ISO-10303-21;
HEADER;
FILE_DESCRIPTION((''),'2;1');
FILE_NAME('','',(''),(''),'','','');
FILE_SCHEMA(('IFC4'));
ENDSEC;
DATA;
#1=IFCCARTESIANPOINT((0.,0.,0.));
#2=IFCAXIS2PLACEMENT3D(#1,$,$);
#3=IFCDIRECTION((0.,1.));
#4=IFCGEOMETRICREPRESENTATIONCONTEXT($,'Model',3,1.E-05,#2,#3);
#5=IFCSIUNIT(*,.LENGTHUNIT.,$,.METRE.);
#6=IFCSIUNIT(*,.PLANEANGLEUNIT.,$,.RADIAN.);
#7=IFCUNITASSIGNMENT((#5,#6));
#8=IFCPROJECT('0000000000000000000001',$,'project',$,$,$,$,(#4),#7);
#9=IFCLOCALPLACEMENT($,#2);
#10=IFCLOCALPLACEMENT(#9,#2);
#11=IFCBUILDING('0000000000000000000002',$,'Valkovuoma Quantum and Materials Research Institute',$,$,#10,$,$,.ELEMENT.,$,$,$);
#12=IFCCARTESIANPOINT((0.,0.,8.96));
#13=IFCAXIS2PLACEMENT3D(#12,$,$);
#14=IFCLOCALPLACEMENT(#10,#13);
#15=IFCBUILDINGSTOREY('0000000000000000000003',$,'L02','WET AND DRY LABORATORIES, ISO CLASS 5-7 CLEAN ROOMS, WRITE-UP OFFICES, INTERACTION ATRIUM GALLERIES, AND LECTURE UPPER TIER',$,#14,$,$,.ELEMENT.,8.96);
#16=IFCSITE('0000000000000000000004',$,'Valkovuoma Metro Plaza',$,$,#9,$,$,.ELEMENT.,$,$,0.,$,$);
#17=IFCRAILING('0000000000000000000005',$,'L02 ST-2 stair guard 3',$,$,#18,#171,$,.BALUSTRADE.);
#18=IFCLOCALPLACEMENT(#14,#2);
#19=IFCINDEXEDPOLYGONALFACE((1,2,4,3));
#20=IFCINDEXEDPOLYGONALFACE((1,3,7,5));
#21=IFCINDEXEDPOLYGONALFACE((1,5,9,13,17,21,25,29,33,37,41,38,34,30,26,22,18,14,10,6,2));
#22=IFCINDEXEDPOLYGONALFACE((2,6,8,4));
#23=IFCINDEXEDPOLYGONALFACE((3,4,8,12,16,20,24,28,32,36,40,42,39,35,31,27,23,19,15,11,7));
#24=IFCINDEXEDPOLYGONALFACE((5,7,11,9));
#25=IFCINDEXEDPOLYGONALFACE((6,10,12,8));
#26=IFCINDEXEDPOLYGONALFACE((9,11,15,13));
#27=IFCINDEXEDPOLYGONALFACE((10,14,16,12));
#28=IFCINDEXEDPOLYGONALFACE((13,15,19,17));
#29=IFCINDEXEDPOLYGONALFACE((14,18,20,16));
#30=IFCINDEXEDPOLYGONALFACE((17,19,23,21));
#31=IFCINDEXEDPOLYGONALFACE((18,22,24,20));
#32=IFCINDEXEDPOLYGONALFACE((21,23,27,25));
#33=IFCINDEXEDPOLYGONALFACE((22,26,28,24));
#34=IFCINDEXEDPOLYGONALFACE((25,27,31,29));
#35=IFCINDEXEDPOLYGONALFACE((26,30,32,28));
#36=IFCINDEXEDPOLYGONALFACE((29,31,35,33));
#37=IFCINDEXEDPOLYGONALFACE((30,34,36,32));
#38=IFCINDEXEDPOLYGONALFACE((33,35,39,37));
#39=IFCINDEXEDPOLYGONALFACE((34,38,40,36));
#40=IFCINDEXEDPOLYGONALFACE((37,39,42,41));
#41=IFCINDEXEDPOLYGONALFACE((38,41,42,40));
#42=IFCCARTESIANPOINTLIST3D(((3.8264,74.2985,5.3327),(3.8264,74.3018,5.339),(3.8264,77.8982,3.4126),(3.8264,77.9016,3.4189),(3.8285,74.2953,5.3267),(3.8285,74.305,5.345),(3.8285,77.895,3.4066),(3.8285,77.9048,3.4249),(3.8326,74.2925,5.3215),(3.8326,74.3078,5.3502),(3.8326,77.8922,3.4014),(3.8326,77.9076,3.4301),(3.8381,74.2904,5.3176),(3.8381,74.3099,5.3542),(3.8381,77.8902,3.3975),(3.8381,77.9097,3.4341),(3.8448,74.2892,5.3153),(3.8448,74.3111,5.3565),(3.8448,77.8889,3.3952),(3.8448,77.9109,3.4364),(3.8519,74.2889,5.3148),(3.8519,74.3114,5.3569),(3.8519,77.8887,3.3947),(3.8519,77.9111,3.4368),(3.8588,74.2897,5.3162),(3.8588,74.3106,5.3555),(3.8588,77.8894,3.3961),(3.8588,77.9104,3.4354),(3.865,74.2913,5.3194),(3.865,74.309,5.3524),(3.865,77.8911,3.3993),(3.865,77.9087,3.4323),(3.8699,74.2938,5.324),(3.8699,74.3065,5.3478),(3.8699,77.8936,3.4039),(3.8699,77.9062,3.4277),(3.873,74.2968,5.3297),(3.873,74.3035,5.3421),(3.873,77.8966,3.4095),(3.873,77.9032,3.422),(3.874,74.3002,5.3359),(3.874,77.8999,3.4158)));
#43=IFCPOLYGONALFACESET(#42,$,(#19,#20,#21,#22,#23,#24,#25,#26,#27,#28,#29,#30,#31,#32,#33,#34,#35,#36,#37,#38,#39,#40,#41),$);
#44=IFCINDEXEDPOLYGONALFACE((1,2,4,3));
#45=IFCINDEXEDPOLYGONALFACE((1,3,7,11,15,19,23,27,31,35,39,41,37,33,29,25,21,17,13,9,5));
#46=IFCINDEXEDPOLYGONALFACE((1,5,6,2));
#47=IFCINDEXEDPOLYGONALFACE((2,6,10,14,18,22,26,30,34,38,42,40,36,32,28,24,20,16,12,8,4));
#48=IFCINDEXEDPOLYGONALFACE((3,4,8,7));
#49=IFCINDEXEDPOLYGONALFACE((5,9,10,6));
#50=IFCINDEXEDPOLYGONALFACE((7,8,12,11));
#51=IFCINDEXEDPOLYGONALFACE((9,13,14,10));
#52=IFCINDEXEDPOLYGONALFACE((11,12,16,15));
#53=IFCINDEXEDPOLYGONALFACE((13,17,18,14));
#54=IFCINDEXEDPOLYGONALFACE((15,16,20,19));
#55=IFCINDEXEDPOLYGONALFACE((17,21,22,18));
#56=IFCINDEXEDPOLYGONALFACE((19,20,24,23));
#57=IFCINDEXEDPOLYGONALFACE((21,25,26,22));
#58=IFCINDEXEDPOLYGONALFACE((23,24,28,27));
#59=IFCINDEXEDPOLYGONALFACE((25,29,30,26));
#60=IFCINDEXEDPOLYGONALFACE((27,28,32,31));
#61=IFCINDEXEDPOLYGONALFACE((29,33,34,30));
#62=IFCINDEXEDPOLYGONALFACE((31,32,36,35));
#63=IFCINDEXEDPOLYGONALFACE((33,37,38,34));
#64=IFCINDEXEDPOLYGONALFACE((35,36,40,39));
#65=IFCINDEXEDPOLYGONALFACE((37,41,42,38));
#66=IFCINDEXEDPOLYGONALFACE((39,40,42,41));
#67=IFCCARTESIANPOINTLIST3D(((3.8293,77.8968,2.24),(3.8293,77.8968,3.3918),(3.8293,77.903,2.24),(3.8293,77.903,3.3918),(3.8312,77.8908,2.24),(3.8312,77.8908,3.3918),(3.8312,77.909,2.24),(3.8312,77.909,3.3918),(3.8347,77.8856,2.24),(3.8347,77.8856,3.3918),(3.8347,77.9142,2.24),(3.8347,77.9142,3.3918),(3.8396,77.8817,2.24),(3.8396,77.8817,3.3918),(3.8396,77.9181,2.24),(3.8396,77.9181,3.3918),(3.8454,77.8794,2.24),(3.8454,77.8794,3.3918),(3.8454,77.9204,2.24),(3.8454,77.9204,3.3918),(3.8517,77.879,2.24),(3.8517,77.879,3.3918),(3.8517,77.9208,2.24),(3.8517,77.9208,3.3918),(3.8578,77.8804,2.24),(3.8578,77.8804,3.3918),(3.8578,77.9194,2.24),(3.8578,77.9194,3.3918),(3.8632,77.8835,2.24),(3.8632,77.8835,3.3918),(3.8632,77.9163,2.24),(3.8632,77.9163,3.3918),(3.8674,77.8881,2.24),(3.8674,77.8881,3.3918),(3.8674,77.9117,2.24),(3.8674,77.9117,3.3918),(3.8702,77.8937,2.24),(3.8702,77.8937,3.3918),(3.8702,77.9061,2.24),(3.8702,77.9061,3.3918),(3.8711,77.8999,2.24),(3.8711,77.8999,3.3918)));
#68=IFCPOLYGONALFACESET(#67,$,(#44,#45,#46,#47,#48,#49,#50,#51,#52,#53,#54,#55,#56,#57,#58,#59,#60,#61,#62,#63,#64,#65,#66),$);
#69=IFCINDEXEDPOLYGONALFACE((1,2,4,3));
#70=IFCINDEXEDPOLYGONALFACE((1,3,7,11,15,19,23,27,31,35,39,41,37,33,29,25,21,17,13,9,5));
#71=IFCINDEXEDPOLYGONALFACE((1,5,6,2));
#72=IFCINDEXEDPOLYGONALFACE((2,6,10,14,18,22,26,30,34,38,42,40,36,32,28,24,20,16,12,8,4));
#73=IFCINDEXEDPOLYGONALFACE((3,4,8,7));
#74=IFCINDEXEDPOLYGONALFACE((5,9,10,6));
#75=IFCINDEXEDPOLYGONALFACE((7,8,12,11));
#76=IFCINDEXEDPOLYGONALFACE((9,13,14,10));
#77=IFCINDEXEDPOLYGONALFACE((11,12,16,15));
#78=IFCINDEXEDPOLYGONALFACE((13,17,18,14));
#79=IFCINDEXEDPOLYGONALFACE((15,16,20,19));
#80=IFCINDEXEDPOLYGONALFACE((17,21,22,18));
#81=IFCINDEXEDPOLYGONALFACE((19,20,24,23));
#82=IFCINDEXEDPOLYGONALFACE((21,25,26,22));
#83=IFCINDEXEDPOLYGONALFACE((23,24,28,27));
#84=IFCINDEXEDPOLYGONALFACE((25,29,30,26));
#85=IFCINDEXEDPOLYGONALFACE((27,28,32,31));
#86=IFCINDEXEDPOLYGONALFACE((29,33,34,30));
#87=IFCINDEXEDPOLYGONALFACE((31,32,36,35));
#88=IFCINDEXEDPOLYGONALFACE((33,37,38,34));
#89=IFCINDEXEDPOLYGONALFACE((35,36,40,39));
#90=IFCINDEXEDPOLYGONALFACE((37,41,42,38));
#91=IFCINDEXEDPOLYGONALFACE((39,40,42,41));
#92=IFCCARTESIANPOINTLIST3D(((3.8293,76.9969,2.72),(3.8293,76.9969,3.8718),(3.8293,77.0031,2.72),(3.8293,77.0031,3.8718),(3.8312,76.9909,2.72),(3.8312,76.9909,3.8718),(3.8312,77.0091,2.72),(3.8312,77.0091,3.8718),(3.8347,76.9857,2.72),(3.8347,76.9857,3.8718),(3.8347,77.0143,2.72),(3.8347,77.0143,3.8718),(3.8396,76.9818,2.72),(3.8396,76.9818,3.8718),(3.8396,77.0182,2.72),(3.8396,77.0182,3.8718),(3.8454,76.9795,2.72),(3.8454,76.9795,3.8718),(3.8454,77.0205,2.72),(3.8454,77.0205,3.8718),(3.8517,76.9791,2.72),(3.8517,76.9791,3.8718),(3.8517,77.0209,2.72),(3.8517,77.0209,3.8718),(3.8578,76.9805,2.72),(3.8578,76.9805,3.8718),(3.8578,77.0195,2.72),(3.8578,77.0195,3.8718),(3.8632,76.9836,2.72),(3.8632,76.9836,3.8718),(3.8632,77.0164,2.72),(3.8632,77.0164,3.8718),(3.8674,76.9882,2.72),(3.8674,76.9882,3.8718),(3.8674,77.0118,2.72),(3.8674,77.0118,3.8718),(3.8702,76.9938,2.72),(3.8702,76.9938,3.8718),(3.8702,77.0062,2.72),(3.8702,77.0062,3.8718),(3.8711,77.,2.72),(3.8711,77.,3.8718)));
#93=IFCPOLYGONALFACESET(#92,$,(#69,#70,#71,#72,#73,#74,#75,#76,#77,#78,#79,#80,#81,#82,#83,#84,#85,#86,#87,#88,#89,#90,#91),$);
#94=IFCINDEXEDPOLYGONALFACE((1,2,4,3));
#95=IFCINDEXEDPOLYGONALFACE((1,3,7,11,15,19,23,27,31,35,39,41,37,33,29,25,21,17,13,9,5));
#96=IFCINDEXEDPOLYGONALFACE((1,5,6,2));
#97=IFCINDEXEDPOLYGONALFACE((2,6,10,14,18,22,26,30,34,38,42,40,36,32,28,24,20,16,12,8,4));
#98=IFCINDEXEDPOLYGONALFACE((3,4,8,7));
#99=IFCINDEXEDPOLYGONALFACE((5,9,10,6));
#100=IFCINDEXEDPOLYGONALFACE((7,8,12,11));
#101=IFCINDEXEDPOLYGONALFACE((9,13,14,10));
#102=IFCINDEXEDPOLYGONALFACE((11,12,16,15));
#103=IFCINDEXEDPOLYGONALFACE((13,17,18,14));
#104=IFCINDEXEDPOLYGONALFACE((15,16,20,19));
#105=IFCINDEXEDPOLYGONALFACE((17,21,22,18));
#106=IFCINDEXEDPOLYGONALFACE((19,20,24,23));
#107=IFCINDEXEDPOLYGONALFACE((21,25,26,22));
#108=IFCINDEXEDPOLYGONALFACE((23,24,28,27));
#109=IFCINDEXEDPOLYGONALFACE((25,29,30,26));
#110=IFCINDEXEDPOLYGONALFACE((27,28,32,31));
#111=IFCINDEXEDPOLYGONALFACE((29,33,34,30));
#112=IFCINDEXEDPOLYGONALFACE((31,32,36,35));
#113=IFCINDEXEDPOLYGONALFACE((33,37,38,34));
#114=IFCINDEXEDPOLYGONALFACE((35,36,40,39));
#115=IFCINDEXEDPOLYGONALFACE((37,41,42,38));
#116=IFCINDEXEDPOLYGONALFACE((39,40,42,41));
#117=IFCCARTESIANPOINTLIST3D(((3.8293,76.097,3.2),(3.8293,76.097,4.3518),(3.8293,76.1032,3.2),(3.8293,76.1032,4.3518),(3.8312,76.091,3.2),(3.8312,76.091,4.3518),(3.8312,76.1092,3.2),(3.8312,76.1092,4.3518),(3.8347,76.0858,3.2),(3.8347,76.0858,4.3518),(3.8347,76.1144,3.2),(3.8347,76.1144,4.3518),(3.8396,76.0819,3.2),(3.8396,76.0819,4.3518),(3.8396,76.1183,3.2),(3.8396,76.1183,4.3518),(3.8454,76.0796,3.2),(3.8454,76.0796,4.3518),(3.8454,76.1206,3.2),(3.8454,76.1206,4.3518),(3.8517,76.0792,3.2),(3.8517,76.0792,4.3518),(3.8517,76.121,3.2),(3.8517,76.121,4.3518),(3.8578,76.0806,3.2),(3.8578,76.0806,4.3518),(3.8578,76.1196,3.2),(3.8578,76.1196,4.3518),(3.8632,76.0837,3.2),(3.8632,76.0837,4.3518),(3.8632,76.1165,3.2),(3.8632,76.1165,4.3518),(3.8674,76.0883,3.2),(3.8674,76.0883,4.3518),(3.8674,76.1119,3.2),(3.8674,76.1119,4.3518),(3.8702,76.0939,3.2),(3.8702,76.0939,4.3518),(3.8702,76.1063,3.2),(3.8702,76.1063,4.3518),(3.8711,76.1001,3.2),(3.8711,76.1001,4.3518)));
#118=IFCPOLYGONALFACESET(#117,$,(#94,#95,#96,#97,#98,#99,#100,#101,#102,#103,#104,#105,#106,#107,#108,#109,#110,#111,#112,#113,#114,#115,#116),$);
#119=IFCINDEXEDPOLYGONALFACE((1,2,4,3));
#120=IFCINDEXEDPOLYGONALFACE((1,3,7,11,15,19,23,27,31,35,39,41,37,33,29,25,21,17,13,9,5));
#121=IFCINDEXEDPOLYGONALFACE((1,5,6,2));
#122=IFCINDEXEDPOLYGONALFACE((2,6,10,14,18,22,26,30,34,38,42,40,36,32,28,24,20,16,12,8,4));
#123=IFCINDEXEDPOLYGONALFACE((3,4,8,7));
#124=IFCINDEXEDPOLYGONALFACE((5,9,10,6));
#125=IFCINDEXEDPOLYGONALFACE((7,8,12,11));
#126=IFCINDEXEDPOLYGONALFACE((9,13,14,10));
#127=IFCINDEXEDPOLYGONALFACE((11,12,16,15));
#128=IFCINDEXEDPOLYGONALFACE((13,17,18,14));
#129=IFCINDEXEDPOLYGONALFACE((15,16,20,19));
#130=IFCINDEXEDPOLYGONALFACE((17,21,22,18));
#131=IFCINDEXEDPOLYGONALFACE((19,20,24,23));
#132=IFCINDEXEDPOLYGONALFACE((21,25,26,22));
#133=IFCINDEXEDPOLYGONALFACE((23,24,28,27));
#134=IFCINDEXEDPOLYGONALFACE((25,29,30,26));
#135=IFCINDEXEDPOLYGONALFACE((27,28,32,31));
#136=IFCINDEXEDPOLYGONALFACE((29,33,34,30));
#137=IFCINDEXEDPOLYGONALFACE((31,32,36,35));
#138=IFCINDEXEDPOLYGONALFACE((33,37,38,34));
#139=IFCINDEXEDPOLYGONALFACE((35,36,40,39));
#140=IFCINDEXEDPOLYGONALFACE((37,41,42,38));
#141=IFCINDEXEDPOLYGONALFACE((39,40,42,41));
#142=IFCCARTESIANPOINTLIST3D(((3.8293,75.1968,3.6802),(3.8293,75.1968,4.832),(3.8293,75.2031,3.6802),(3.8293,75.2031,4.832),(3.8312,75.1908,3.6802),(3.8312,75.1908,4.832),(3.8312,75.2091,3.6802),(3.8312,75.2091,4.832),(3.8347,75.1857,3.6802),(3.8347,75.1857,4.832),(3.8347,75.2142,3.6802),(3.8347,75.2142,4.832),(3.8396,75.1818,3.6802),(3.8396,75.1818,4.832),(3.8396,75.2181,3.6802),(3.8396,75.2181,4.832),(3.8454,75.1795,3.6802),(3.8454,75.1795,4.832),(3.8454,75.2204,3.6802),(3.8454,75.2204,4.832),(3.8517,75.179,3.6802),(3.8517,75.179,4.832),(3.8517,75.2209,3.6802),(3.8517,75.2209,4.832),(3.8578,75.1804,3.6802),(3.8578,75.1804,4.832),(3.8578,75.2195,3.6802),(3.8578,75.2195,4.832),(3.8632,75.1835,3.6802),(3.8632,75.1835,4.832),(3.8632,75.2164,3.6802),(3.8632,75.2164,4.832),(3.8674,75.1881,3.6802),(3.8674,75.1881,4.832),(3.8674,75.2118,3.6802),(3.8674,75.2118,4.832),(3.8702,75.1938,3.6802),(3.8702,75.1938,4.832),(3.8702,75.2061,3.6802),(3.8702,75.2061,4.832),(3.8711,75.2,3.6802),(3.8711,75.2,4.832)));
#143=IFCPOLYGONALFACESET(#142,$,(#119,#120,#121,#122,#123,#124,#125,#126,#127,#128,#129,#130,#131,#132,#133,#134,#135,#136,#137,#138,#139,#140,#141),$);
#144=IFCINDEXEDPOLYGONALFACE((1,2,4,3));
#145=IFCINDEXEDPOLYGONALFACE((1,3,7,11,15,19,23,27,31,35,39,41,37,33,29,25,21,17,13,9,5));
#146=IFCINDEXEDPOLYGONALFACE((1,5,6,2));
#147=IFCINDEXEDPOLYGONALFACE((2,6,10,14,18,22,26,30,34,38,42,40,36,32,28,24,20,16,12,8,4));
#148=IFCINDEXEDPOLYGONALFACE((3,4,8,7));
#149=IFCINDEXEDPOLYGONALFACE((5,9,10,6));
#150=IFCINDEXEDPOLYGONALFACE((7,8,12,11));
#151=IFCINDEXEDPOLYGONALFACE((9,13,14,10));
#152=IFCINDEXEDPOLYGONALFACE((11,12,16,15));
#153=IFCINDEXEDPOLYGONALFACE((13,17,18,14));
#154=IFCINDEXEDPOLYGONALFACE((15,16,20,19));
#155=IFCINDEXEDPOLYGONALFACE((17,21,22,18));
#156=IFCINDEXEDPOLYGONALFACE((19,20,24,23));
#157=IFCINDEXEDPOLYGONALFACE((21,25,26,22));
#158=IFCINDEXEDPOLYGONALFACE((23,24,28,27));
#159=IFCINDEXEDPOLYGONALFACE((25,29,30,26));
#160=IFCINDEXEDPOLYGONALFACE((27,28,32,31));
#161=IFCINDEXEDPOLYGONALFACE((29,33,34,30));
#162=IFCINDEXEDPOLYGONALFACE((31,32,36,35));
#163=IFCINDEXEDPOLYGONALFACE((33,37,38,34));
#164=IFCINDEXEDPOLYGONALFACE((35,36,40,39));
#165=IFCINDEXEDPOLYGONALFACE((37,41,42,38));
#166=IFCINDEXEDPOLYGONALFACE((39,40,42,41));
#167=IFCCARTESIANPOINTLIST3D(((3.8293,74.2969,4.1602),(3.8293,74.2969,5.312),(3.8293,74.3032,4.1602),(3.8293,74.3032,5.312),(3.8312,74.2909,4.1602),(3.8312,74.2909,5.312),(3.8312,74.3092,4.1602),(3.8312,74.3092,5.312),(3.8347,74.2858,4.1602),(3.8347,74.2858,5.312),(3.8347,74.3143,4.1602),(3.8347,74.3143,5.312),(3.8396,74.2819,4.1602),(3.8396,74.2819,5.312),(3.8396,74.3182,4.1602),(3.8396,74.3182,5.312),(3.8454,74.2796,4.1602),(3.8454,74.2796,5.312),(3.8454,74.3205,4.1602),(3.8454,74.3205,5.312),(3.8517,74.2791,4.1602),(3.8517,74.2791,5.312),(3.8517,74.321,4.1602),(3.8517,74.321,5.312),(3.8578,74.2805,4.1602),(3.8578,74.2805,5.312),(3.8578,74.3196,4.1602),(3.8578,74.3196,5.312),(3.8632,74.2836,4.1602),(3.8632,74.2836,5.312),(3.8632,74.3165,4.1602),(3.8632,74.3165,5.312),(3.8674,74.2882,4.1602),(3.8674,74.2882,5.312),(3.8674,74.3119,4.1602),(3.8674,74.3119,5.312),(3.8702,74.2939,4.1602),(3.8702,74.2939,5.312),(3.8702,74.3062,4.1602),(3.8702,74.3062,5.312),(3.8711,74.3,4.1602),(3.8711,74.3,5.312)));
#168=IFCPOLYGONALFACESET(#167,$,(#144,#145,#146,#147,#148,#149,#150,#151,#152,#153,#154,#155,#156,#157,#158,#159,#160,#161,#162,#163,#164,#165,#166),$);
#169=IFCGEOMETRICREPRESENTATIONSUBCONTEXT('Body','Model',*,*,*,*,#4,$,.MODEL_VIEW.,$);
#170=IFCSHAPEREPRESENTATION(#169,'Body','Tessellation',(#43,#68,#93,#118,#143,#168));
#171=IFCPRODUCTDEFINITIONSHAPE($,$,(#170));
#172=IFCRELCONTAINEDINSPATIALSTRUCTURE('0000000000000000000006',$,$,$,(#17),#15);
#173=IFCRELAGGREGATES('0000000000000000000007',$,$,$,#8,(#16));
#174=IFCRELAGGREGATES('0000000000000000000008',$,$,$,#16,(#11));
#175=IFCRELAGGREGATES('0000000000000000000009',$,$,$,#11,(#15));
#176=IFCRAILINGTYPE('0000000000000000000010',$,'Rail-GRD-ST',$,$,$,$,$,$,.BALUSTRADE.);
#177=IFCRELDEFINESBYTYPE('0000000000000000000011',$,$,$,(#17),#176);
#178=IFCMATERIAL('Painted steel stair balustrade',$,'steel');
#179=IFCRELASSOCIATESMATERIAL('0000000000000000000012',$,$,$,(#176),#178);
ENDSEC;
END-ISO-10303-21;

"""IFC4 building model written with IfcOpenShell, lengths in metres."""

from ifc_helpers import new_model, si_unit, direction, frame, origin, origin_2d, place, context, subcontext, project, spatial, circle, extrude, material, type_object, element, save


model = new_model("IFC4")

# Units and contexts
model_context = context("Model", 3, precision=1e-05, world=origin(), true_north=direction((0.0, 1.0)))
body_context = subcontext(model_context, "Body", "Model", "MODEL_VIEW")
ifc_project = project(units=[si_unit("LENGTHUNIT", "METRE"), si_unit("PLANEANGLEUNIT", "RADIAN")], contexts=[model_context])

# Site, building, storey
site_placement = place(None, origin())
site = spatial("IfcSite", under=ifc_project, at=site_placement, Name="Valkovuoma Metro Plaza", CompositionType="ELEMENT", RefElevation=0.0)
building_placement = place(site_placement, origin())
building = spatial("IfcBuilding", under=site, at=building_placement, Name="Valkovuoma Quantum and Materials Research Institute", CompositionType="ELEMENT")
storey_placement = place(building_placement, frame((0.0, 0.0, 8.96)))
storey = spatial("IfcBuildingStorey", under=building, at=storey_placement, Name="L02", Description="WET AND DRY LABORATORIES, ISO CLASS 5-7 CLEAN ROOMS, WRITE-UP OFFICES, INTERACTION ATRIUM GALLERIES, AND LECTURE UPPER TIER", CompositionType="ELEMENT", Elevation=8.96)

# Railing
ifc_material_1 = material(Name="Painted steel stair balustrade", Category="steel")
railing_type_1 = type_object("IfcRailingType", Name="Rail-GRD-ST", PredefinedType="BALUSTRADE", material=ifc_material_1)
railing_1_placement = place(storey_placement, frame((3.8501, 77.8999, 2.24)))
element("IfcRailing", 1, at=railing_1_placement, inside=storey, type_object=railing_type_1, Name="L02 ST-2 stair guard 3", PredefinedType="BALUSTRADE", context=body_context, shape_type="SweptSolid", body=[
    extrude(circle(Radius=0.0239, at=origin_2d()), frame((0.0, 0.0, 1.1758), z_axis=(0.0, -0.882328, 0.470635), x_axis=(1.0, 0.0, 0.0)), (0.0, 0.0, 1.0), 4.0798),
    extrude(circle(Radius=0.021, at=origin_2d()), origin(), (0.0, 0.0, 1.0), 1.1519),
    extrude(circle(Radius=0.021, at=origin_2d()), frame((0.0, -0.8999, 0.48)), (0.0, 0.0, 1.0), 1.1519),
    extrude(circle(Radius=0.021, at=origin_2d()), frame((0.0, -1.7998, 0.96)), (0.0, 0.0, 1.0), 1.1519),
    extrude(circle(Radius=0.021, at=origin_2d()), frame((0.0, -2.7, 1.4402)), (0.0, 0.0, 1.0), 1.1519),
    extrude(circle(Radius=0.021, at=origin_2d()), frame((0.0, -3.5999, 1.9202)), (0.0, 0.0, 1.0), 1.1519),
])

save(model, "model.ifc")
